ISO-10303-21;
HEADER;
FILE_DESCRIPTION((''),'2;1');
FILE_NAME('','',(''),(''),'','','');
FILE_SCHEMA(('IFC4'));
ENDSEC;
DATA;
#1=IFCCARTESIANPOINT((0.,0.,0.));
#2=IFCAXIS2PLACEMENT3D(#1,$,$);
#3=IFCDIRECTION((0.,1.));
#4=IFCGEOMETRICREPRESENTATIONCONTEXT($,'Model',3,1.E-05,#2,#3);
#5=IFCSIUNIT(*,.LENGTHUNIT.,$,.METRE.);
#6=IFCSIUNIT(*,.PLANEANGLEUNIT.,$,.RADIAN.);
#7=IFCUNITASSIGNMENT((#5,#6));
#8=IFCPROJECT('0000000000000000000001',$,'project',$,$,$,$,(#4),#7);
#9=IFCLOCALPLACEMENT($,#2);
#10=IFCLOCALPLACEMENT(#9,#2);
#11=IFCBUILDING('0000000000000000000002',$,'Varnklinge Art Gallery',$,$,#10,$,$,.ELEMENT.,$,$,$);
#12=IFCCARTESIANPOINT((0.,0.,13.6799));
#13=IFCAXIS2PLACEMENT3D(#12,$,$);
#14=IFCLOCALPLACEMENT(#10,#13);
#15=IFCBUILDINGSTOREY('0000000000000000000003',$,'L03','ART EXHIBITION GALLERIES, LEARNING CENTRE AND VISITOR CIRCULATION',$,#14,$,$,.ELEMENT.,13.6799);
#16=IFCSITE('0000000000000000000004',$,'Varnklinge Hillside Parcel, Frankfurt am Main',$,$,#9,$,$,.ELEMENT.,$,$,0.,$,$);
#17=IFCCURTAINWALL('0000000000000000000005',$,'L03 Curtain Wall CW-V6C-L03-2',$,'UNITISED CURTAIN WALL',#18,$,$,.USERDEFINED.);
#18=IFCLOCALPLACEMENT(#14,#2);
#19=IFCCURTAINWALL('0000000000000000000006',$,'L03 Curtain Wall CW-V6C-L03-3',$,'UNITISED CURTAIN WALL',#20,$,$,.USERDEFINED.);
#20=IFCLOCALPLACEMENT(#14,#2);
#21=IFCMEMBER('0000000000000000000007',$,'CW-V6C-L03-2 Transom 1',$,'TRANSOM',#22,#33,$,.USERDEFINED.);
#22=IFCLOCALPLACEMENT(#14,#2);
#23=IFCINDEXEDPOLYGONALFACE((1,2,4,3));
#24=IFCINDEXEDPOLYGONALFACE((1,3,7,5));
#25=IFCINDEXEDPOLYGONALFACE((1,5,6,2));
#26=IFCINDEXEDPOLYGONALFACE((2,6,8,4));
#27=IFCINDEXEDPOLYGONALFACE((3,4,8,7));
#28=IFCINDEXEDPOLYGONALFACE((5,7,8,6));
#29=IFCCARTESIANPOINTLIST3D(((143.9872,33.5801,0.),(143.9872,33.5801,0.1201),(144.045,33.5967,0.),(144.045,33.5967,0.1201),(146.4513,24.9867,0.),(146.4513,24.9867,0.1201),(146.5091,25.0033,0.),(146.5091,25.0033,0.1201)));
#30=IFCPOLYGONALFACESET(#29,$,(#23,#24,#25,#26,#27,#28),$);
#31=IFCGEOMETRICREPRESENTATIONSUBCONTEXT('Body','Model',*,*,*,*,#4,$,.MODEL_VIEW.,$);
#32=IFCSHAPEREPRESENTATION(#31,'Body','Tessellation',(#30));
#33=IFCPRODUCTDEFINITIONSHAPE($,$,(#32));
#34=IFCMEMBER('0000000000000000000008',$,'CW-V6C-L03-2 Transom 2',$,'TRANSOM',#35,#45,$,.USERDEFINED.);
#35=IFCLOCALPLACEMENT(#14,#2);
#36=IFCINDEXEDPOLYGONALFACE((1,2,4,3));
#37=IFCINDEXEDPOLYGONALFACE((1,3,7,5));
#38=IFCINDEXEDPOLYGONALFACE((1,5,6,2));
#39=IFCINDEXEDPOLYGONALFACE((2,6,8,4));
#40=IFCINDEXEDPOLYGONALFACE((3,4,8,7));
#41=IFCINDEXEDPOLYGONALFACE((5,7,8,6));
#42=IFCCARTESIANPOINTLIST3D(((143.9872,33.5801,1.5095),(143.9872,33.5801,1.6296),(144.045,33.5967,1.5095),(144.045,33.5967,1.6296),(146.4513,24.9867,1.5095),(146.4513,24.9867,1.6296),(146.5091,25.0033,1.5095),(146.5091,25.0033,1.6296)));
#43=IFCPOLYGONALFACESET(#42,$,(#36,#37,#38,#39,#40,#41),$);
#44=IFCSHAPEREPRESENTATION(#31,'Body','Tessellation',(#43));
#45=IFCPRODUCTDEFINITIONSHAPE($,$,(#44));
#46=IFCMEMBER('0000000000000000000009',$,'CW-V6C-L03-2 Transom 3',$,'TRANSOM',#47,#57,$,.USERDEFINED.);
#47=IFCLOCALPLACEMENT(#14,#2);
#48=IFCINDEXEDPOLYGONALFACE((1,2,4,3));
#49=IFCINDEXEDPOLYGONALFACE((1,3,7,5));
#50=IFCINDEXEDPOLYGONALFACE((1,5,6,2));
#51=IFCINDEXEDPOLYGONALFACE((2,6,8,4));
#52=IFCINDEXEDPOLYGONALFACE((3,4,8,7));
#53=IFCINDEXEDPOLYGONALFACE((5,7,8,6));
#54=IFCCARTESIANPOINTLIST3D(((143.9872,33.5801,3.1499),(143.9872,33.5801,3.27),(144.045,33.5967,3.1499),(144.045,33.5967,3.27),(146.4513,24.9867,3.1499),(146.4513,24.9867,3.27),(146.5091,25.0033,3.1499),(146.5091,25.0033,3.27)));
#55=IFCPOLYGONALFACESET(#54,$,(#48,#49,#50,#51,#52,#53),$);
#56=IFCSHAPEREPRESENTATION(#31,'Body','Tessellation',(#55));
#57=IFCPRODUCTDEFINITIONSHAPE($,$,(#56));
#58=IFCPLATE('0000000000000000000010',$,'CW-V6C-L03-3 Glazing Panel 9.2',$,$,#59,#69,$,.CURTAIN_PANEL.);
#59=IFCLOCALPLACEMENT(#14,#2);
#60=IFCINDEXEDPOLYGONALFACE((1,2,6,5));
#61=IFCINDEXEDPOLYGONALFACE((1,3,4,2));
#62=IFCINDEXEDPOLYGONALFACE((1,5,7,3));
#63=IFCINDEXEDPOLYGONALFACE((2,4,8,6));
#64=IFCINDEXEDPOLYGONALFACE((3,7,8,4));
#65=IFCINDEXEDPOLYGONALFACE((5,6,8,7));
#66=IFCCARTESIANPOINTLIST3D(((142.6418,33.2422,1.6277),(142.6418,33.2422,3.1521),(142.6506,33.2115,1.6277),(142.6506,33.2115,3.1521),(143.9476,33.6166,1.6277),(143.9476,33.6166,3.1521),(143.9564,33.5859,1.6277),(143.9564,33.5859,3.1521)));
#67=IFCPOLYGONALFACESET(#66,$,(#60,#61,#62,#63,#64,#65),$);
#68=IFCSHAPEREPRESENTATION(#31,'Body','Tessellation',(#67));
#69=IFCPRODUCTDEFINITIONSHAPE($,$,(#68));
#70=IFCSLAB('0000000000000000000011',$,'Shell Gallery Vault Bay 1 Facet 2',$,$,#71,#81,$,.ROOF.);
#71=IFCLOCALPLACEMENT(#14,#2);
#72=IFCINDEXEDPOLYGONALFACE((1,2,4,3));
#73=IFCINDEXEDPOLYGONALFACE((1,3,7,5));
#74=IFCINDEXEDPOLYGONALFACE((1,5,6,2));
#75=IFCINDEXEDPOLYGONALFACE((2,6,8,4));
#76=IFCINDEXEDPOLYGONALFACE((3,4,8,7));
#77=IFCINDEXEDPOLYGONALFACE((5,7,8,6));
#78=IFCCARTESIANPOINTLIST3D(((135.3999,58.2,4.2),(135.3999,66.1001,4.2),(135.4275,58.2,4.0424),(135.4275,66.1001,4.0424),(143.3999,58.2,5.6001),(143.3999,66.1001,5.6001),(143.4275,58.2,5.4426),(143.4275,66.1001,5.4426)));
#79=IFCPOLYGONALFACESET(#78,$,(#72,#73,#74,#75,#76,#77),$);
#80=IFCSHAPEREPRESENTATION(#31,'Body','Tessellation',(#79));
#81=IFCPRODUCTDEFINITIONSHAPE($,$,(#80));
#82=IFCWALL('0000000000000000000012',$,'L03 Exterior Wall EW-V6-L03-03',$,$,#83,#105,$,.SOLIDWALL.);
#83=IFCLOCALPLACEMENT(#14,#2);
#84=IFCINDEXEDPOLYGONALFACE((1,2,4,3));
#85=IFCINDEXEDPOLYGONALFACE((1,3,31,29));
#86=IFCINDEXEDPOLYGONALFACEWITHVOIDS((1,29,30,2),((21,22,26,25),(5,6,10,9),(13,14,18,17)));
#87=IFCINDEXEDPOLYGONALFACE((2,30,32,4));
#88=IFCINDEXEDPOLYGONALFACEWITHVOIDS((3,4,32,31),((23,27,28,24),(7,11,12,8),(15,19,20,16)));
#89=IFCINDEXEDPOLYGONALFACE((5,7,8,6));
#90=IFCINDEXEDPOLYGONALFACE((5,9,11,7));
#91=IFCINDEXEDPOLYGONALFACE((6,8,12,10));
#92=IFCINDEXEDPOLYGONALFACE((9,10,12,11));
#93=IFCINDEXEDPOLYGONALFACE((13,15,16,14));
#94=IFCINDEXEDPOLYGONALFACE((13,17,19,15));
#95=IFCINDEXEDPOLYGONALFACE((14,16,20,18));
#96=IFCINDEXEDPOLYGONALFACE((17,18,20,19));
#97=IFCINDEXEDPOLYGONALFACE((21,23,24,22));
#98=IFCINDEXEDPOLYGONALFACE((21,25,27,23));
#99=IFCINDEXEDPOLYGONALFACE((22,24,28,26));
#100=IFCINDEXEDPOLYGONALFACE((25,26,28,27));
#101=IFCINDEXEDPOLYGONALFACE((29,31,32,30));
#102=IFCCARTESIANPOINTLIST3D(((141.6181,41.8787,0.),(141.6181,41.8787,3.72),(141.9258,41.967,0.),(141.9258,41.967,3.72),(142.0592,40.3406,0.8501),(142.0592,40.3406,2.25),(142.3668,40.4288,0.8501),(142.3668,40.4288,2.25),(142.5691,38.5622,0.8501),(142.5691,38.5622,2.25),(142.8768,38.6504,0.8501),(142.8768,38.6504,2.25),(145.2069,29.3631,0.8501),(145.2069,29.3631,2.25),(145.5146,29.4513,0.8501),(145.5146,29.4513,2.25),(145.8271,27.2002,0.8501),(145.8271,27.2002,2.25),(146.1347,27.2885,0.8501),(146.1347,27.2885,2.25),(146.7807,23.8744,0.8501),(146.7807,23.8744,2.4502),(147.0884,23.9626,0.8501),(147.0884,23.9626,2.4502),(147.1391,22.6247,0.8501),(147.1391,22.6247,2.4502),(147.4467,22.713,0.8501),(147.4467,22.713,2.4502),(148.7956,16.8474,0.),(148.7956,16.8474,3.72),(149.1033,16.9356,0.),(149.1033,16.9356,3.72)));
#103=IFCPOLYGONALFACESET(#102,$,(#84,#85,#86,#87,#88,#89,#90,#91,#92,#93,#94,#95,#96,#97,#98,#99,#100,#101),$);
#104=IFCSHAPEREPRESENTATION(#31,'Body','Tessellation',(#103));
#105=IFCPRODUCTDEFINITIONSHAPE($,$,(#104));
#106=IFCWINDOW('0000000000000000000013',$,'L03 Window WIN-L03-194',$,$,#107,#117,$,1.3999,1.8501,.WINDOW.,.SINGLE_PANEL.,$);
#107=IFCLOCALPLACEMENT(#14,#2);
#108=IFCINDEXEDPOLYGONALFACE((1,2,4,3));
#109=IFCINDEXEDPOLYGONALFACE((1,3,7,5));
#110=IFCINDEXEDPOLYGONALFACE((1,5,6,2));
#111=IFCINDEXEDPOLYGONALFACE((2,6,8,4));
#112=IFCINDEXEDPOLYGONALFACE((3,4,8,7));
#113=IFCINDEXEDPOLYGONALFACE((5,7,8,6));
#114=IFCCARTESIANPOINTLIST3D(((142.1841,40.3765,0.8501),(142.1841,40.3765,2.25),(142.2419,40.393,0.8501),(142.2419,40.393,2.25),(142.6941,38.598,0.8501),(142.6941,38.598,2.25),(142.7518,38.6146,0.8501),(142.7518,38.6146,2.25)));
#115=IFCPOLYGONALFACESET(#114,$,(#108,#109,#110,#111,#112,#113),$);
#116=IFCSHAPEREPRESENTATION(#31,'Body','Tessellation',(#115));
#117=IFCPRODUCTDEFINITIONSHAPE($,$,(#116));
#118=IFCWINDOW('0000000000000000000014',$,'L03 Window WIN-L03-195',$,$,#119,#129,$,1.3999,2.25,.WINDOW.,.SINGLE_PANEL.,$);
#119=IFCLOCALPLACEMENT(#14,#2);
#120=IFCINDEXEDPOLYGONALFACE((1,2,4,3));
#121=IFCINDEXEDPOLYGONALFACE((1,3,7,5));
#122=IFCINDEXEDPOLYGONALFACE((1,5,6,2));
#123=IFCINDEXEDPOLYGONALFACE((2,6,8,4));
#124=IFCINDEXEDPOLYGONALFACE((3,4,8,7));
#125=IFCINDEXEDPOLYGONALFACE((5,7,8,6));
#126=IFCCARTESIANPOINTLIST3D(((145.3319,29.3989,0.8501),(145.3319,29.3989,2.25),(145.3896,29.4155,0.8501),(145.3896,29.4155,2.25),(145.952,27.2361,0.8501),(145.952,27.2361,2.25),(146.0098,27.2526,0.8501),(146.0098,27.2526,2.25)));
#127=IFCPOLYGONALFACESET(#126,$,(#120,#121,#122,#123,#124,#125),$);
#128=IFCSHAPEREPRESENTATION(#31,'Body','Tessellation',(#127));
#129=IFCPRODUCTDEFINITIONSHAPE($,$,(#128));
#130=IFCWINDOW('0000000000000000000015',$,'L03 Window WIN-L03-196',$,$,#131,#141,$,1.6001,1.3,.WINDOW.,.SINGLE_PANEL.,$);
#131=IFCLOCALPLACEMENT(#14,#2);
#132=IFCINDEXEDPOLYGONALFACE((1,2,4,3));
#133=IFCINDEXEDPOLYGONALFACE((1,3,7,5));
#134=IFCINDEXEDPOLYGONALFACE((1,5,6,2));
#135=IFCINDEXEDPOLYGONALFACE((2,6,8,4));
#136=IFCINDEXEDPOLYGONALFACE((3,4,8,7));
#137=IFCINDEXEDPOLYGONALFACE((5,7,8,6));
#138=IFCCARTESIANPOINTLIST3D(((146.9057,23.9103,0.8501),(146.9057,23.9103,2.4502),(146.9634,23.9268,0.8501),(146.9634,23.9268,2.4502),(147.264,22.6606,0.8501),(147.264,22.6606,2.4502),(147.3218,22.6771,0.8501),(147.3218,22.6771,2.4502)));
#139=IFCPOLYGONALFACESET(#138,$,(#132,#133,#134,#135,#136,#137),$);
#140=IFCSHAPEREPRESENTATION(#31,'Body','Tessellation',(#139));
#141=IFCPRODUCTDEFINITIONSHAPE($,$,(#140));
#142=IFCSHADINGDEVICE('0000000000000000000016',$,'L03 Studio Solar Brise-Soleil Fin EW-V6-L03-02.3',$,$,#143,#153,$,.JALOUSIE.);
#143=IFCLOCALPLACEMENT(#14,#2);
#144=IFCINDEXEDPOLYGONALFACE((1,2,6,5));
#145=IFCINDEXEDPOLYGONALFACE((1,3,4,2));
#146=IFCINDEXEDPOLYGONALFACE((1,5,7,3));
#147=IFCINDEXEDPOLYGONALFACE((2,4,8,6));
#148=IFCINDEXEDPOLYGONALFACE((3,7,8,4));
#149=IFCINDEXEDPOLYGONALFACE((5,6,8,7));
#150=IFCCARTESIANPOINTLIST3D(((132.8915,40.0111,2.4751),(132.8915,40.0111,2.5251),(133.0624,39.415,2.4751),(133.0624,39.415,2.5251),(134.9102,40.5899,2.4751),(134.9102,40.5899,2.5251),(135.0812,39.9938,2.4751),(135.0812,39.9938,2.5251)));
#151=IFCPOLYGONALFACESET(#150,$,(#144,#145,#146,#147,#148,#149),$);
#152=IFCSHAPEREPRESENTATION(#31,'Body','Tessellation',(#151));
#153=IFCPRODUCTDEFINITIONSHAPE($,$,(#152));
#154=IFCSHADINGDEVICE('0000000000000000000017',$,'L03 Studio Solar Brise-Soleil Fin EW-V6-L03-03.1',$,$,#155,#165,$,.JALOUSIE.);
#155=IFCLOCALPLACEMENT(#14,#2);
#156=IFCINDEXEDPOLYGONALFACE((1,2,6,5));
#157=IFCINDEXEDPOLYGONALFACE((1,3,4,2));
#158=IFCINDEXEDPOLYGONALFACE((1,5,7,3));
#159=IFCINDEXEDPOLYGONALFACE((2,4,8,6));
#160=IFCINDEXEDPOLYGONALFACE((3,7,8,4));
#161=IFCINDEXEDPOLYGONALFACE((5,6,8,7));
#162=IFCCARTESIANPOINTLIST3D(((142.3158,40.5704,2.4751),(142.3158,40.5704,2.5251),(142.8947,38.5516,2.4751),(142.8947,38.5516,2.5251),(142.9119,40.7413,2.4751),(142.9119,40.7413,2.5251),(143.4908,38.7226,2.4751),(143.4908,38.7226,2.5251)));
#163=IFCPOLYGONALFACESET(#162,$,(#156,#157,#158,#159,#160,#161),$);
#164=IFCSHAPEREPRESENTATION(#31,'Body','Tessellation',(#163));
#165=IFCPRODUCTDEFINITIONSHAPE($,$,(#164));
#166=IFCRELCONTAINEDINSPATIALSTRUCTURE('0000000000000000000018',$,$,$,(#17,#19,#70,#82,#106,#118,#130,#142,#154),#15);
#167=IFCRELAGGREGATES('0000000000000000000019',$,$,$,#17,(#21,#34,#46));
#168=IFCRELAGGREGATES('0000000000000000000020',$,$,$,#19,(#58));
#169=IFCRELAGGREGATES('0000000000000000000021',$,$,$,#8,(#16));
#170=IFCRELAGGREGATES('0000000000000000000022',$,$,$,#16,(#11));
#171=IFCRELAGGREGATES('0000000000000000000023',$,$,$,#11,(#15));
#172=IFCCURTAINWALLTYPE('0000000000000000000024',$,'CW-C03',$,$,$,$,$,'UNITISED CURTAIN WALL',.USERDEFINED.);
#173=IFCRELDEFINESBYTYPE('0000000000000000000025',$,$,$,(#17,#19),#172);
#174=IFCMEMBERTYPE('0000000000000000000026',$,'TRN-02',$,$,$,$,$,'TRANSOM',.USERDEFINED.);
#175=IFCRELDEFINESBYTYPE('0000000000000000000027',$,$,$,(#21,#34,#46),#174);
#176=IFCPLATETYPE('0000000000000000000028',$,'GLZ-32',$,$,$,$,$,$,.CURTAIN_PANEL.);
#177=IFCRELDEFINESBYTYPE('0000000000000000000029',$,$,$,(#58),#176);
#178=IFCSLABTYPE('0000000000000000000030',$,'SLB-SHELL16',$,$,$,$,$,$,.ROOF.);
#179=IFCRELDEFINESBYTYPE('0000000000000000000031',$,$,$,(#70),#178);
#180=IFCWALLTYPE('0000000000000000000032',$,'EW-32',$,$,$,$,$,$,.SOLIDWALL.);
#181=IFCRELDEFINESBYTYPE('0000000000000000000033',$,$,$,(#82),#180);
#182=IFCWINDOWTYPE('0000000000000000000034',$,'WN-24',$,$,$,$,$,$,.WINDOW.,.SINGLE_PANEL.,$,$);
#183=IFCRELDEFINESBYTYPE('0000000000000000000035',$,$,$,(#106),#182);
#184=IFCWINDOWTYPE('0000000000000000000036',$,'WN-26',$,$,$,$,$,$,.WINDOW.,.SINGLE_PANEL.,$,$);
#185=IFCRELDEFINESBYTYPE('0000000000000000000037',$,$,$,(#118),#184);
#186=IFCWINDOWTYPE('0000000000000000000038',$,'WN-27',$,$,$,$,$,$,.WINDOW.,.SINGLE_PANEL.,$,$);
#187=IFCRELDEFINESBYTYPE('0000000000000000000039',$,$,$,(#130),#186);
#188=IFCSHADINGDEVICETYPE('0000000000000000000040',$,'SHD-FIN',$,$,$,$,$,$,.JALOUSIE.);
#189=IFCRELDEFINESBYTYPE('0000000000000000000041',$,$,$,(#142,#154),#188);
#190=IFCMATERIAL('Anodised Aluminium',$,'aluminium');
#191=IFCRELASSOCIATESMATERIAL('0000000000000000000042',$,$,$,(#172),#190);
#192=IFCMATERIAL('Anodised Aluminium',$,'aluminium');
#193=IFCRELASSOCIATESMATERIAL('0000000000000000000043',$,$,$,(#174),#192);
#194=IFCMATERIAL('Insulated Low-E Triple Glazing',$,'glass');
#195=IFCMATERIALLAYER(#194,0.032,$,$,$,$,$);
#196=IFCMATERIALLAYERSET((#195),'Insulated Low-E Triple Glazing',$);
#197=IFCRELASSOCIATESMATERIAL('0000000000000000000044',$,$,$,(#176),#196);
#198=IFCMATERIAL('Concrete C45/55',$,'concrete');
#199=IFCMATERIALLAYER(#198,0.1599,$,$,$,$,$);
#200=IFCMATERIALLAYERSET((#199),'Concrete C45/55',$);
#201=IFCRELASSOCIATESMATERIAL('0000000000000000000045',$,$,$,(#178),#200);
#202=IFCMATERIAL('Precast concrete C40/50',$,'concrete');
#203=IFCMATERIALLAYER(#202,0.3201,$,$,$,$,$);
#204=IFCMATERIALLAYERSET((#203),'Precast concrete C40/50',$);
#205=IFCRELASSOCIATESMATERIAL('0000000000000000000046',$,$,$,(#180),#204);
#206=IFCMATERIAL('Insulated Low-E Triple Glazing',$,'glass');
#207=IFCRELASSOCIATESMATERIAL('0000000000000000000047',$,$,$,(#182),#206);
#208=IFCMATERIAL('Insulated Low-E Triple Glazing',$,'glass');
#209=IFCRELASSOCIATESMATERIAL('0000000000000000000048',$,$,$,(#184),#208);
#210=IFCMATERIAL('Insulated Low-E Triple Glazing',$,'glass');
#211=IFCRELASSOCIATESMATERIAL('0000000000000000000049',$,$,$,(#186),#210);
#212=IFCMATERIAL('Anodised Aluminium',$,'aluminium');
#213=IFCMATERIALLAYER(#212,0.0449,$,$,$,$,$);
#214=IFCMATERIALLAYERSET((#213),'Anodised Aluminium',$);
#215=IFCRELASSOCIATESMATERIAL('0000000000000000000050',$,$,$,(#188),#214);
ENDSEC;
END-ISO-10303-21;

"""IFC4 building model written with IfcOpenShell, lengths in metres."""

from ifc_helpers import new_model, si_unit, direction, frame, frame_2d, origin, origin_2d, place, context, subcontext, project, spatial, polyline, rectangle, outline, extrude, material, layer, layer_set, material_profile, profile_set, type_object, element, fill, aggregate, save


model = new_model("IFC4")

# Units and contexts
model_context = context("Model", 3, precision=1e-05, world=origin(), true_north=direction((0.0, 1.0)))
body_context = subcontext(model_context, "Body", "Model", "MODEL_VIEW")
ifc_project = project(units=[si_unit("LENGTHUNIT", "METRE"), si_unit("PLANEANGLEUNIT", "RADIAN")], contexts=[model_context])

# Site, building, storey
site_placement = place(None, origin())
site = spatial("IfcSite", under=ifc_project, at=site_placement, Name="Varnklinge Hillside Parcel, Frankfurt am Main", CompositionType="ELEMENT", RefElevation=0.0)
building_placement = place(site_placement, origin())
building = spatial("IfcBuilding", under=site, at=building_placement, Name="Varnklinge Art Gallery", CompositionType="ELEMENT")
storey_placement = place(building_placement, frame((0.0, 0.0, 13.6799)))
storey = spatial("IfcBuildingStorey", under=building, at=storey_placement, Name="L03", Description="ART EXHIBITION GALLERIES, LEARNING CENTRE AND VISITOR CIRCULATION", CompositionType="ELEMENT", Elevation=13.6799)

# Curtain walls
ifc_material_1 = material(Name="Anodised Aluminium", Category="aluminium")
curtain_wall_type = type_object("IfcCurtainWallType", Name="CW-C03", ElementType="UNITISED CURTAIN WALL", PredefinedType="USERDEFINED", material=ifc_material_1)
curtain_wall_1_placement = place(storey_placement, origin())
curtain_wall_1 = element("IfcCurtainWall", 1, at=curtain_wall_1_placement, inside=storey, type_object=curtain_wall_type, Name="L03 Curtain Wall CW-V6C-L03-2", ObjectType="UNITISED CURTAIN WALL", PredefinedType="USERDEFINED")
curtain_wall_2_placement = place(storey_placement, origin())
curtain_wall_2 = element("IfcCurtainWall", 2, at=curtain_wall_2_placement, inside=storey, type_object=curtain_wall_type, Name="L03 Curtain Wall CW-V6C-L03-3", ObjectType="UNITISED CURTAIN WALL", PredefinedType="USERDEFINED")

# Members
ifc_material_2 = material(Name="Anodised Aluminium", Category="aluminium")
ifc_material_profile_1 = material_profile(ifc_material_2, rectangle(XDim=0.0601, YDim=0.1201, at=origin_2d()), Name="ALU 60x120")
ifc_profile_set_1 = profile_set([ifc_material_profile_1], Name="Anodised Aluminium")
member_type_1 = type_object("IfcMemberType", Name="TRN-02", ElementType="TRANSOM", PredefinedType="USERDEFINED", material=ifc_profile_set_1)
member_1_placement = place(storey_placement, frame((144.0161, 33.5884, 0.0601), z_axis=(0.275634, -0.961263, 0.0), x_axis=(0.961263, 0.275634, 0.0)))
member_1 = element("IfcMember", 3, at=member_1_placement, type_object=member_type_1, Name="CW-V6C-L03-2 Transom 1", ObjectType="TRANSOM", PredefinedType="USERDEFINED", context=body_context, shape_type="SweptSolid", body=[
    extrude(rectangle(XDim=0.0601, YDim=0.1201, at=origin_2d()), origin(), (0.0, 0.0, 1.0), 8.9397),
])
member_2_placement = place(storey_placement, frame((144.0161, 33.5884, 1.5696), z_axis=(0.275634, -0.961263, 0.0), x_axis=(0.961263, 0.275634, 0.0)))
member_2 = element("IfcMember", 4, at=member_2_placement, type_object=member_type_1, Name="CW-V6C-L03-2 Transom 2", ObjectType="TRANSOM", PredefinedType="USERDEFINED", context=body_context, shape_type="SweptSolid", body=[
    extrude(rectangle(XDim=0.0601, YDim=0.1201, at=origin_2d()), origin(), (0.0, 0.0, 1.0), 8.9397),
])
member_3_placement = place(storey_placement, frame((144.0161, 33.5884, 3.21), z_axis=(0.275634, -0.961263, 0.0), x_axis=(0.961263, 0.275634, 0.0)))
member_3 = element("IfcMember", 5, at=member_3_placement, type_object=member_type_1, Name="CW-V6C-L03-2 Transom 3", ObjectType="TRANSOM", PredefinedType="USERDEFINED", context=body_context, shape_type="SweptSolid", body=[
    extrude(rectangle(XDim=0.0601, YDim=0.1201, at=origin_2d()), origin(), (0.0, 0.0, 1.0), 8.9397),
])
aggregate(curtain_wall_1, [member_1, member_2, member_3])

# Plate
ifc_material_3 = material(Name="Insulated Low-E Triple Glazing", Category="glass")
ifc_layer_1 = layer(ifc_material_3, 0.032)
ifc_layer_set_1 = layer_set([ifc_layer_1], Name="Insulated Low-E Triple Glazing")
plate_type = type_object("IfcPlateType", Name="GLZ-32", PredefinedType="CURTAIN_PANEL", material=ifc_layer_set_1)
plate_placement = place(storey_placement, frame((143.2991, 33.4141, 1.6277), z_axis=(0.0, 0.0, 1.0), x_axis=(0.961262, 0.275637, 0.0)))
plate = element("IfcPlate", 6, at=plate_placement, type_object=plate_type, Name="CW-V6C-L03-3 Glazing Panel 9.2", PredefinedType="CURTAIN_PANEL", context=body_context, shape_type="SweptSolid", body=[
    extrude(rectangle(XDim=1.3584, YDim=0.032, at=origin_2d()), origin(), (0.0, 0.0, 1.0), 1.5244),
])
aggregate(curtain_wall_2, [plate])

# Slab
ifc_material_4 = material(Name="Concrete C45/55", Category="concrete")
ifc_layer_2 = layer(ifc_material_4, 0.1599)
ifc_layer_set_2 = layer_set([ifc_layer_2], Name="Concrete C45/55")
slab_type = type_object("IfcSlabType", Name="SLB-SHELL16", PredefinedType="ROOF", material=ifc_layer_set_2)
slab_placement = place(storey_placement, frame((135.3999, 58.2, 4.2), z_axis=(-0.172398, 0.0, 0.985027), x_axis=(0.985027, 0.0, 0.172398)))
element("IfcSlab", 7, at=slab_placement, inside=storey, type_object=slab_type, Name="Shell Gallery Vault Bay 1 Facet 2", PredefinedType="ROOF", context=body_context, shape_type="SweptSolid", body=[
    extrude(outline(polyline([(0.0, 0.0), (8.1216, 0.0), (8.1216, 7.9001), (0.0, 7.9001), (0.0, 0.0)])), origin(), (0.0, 0.0, -1.0), 0.1599),
])

# Wall, openings, windows
ifc_material_5 = material(Name="Precast concrete C40/50", Category="concrete")
ifc_layer_3 = layer(ifc_material_5, 0.3201)
ifc_layer_set_3 = layer_set([ifc_layer_3], Name="Precast concrete C40/50")
wall_type = type_object("IfcWallType", Name="EW-32", PredefinedType="SOLIDWALL", material=ifc_layer_set_3)
wall_placement = place(storey_placement, frame((141.772, 41.9229, 0.0), z_axis=(0.0, 0.0, 1.0), x_axis=(0.275634, -0.961263, 0.0)))
wall = element("IfcWall", 8, at=wall_placement, inside=storey, type_object=wall_type, Name="L03 Exterior Wall EW-V6-L03-03", PredefinedType="SOLIDWALL", context=body_context, shape_type="SweptSolid", body=[
    extrude(rectangle(XDim=26.04, YDim=0.3201, at=frame_2d((13.02, 0.0))), origin(), (0.0, 0.0, 1.0), 3.72),
])
opening_1_placement = place(wall_placement, frame((1.6001, 0.0, 0.8501)))
opening_1 = element("IfcOpeningElement", 9, at=opening_1_placement, cuts=wall, PredefinedType="OPENING", context=body_context, shape_type="SweptSolid", body=[
    extrude(rectangle(XDim=1.8501, YDim=1.3999, at=frame_2d((0.925, 0.7))), frame((0.0, 0.1702, 0.0), z_axis=(0.0, -1.0, 0.0), x_axis=(1.0, 0.0, 0.0)), (0.0, 0.0, 1.0), 0.3401),
])
opening_2_placement = place(wall_placement, frame((13.02, 0.0, 0.8501)))
opening_2 = element("IfcOpeningElement", 10, at=opening_2_placement, cuts=wall, PredefinedType="OPENING", context=body_context, shape_type="SweptSolid", body=[
    extrude(rectangle(XDim=2.25, YDim=1.3999, at=frame_2d((1.125, 0.7))), frame((0.0, 0.1702, 0.0), z_axis=(0.0, -1.0, 0.0), x_axis=(1.0, 0.0, 0.0)), (0.0, 0.0, 1.0), 0.3401),
])
opening_3_placement = place(wall_placement, frame((18.73, 0.0, 0.8501)))
opening_3 = element("IfcOpeningElement", 11, at=opening_3_placement, cuts=wall, PredefinedType="OPENING", context=body_context, shape_type="SweptSolid", body=[
    extrude(rectangle(XDim=1.3, YDim=1.6001, at=frame_2d((0.6499, 0.8))), frame((0.0, 0.1702, 0.0), z_axis=(0.0, -1.0, 0.0), x_axis=(1.0, 0.0, 0.0)), (0.0, 0.0, 1.0), 0.3401),
])
ifc_material_6 = material(Name="Insulated Low-E Triple Glazing", Category="glass")
window_type_1 = type_object("IfcWindowType", Name="WN-24", PartitioningType="SINGLE_PANEL", PredefinedType="WINDOW", material=ifc_material_6)
window_1_placement = place(opening_1_placement, origin())
window_1 = element("IfcWindow", 12, at=window_1_placement, inside=storey, type_object=window_type_1, Name="L03 Window WIN-L03-194", OverallHeight=1.3999, OverallWidth=1.8501, PartitioningType="SINGLE_PANEL", PredefinedType="WINDOW", context=body_context, shape_type="SweptSolid", body=[
    extrude(rectangle(XDim=1.8501, YDim=1.3999, at=frame_2d((0.925, 0.7))), frame((0.0, 0.03, 0.0), z_axis=(0.0, -1.0, 0.0), x_axis=(1.0, 0.0, 0.0)), (0.0, 0.0, 1.0), 0.0601),
])
fill(opening_1, window_1)
ifc_material_7 = material(Name="Insulated Low-E Triple Glazing", Category="glass")
window_type_2 = type_object("IfcWindowType", Name="WN-26", PartitioningType="SINGLE_PANEL", PredefinedType="WINDOW", material=ifc_material_7)
window_2_placement = place(opening_2_placement, origin())
window_2 = element("IfcWindow", 13, at=window_2_placement, inside=storey, type_object=window_type_2, Name="L03 Window WIN-L03-195", OverallHeight=1.3999, OverallWidth=2.25, PartitioningType="SINGLE_PANEL", PredefinedType="WINDOW", context=body_context, shape_type="SweptSolid", body=[
    extrude(rectangle(XDim=2.25, YDim=1.3999, at=frame_2d((1.125, 0.7))), frame((0.0, 0.03, 0.0), z_axis=(0.0, -1.0, 0.0), x_axis=(1.0, 0.0, 0.0)), (0.0, 0.0, 1.0), 0.0601),
])
fill(opening_2, window_2)
ifc_material_8 = material(Name="Insulated Low-E Triple Glazing", Category="glass")
window_type_3 = type_object("IfcWindowType", Name="WN-27", PartitioningType="SINGLE_PANEL", PredefinedType="WINDOW", material=ifc_material_8)
window_3_placement = place(opening_3_placement, origin())
window_3 = element("IfcWindow", 14, at=window_3_placement, inside=storey, type_object=window_type_3, Name="L03 Window WIN-L03-196", OverallHeight=1.6001, OverallWidth=1.3, PartitioningType="SINGLE_PANEL", PredefinedType="WINDOW", context=body_context, shape_type="SweptSolid", body=[
    extrude(rectangle(XDim=1.3, YDim=1.6001, at=frame_2d((0.6499, 0.8))), frame((0.0, 0.03, 0.0), z_axis=(0.0, -1.0, 0.0), x_axis=(1.0, 0.0, 0.0)), (0.0, 0.0, 1.0), 0.0601),
])
fill(opening_3, window_3)

# Shading devices
ifc_material_9 = material(Name="Anodised Aluminium", Category="aluminium")
ifc_layer_4 = layer(ifc_material_9, 0.0449)
ifc_layer_set_4 = layer_set([ifc_layer_4], Name="Anodised Aluminium")
shading_device_type = type_object("IfcShadingDeviceType", Name="SHD-FIN", PredefinedType="JALOUSIE", material=ifc_layer_set_4)
for number, where, z_axis, x_axis, name in (
    (15, (133.9863, 40.0024, 2.4751), (0.0, 0.0, 1.0), (0.961262, 0.275637, 0.0), "L03 Studio Solar Brise-Soleil Fin EW-V6-L03-02.3"),
    (16, (142.9033, 39.6465, 2.4751), (0.0, 0.0, 1.0), (0.275637, -0.961262, 0.0), "L03 Studio Solar Brise-Soleil Fin EW-V6-L03-03.1"),
):
    element("IfcShadingDevice", number, at=place(storey_placement, frame(where, z_axis=z_axis, x_axis=x_axis)), inside=storey, type_object=shading_device_type, Name=name, PredefinedType="JALOUSIE", context=body_context, shape_type="SweptSolid", body=[
        extrude(rectangle(XDim=2.1001, YDim=0.6201, at=origin_2d()), origin(), (0.0, 0.0, 1.0), 0.05),
    ])

save(model, "model.ifc")
